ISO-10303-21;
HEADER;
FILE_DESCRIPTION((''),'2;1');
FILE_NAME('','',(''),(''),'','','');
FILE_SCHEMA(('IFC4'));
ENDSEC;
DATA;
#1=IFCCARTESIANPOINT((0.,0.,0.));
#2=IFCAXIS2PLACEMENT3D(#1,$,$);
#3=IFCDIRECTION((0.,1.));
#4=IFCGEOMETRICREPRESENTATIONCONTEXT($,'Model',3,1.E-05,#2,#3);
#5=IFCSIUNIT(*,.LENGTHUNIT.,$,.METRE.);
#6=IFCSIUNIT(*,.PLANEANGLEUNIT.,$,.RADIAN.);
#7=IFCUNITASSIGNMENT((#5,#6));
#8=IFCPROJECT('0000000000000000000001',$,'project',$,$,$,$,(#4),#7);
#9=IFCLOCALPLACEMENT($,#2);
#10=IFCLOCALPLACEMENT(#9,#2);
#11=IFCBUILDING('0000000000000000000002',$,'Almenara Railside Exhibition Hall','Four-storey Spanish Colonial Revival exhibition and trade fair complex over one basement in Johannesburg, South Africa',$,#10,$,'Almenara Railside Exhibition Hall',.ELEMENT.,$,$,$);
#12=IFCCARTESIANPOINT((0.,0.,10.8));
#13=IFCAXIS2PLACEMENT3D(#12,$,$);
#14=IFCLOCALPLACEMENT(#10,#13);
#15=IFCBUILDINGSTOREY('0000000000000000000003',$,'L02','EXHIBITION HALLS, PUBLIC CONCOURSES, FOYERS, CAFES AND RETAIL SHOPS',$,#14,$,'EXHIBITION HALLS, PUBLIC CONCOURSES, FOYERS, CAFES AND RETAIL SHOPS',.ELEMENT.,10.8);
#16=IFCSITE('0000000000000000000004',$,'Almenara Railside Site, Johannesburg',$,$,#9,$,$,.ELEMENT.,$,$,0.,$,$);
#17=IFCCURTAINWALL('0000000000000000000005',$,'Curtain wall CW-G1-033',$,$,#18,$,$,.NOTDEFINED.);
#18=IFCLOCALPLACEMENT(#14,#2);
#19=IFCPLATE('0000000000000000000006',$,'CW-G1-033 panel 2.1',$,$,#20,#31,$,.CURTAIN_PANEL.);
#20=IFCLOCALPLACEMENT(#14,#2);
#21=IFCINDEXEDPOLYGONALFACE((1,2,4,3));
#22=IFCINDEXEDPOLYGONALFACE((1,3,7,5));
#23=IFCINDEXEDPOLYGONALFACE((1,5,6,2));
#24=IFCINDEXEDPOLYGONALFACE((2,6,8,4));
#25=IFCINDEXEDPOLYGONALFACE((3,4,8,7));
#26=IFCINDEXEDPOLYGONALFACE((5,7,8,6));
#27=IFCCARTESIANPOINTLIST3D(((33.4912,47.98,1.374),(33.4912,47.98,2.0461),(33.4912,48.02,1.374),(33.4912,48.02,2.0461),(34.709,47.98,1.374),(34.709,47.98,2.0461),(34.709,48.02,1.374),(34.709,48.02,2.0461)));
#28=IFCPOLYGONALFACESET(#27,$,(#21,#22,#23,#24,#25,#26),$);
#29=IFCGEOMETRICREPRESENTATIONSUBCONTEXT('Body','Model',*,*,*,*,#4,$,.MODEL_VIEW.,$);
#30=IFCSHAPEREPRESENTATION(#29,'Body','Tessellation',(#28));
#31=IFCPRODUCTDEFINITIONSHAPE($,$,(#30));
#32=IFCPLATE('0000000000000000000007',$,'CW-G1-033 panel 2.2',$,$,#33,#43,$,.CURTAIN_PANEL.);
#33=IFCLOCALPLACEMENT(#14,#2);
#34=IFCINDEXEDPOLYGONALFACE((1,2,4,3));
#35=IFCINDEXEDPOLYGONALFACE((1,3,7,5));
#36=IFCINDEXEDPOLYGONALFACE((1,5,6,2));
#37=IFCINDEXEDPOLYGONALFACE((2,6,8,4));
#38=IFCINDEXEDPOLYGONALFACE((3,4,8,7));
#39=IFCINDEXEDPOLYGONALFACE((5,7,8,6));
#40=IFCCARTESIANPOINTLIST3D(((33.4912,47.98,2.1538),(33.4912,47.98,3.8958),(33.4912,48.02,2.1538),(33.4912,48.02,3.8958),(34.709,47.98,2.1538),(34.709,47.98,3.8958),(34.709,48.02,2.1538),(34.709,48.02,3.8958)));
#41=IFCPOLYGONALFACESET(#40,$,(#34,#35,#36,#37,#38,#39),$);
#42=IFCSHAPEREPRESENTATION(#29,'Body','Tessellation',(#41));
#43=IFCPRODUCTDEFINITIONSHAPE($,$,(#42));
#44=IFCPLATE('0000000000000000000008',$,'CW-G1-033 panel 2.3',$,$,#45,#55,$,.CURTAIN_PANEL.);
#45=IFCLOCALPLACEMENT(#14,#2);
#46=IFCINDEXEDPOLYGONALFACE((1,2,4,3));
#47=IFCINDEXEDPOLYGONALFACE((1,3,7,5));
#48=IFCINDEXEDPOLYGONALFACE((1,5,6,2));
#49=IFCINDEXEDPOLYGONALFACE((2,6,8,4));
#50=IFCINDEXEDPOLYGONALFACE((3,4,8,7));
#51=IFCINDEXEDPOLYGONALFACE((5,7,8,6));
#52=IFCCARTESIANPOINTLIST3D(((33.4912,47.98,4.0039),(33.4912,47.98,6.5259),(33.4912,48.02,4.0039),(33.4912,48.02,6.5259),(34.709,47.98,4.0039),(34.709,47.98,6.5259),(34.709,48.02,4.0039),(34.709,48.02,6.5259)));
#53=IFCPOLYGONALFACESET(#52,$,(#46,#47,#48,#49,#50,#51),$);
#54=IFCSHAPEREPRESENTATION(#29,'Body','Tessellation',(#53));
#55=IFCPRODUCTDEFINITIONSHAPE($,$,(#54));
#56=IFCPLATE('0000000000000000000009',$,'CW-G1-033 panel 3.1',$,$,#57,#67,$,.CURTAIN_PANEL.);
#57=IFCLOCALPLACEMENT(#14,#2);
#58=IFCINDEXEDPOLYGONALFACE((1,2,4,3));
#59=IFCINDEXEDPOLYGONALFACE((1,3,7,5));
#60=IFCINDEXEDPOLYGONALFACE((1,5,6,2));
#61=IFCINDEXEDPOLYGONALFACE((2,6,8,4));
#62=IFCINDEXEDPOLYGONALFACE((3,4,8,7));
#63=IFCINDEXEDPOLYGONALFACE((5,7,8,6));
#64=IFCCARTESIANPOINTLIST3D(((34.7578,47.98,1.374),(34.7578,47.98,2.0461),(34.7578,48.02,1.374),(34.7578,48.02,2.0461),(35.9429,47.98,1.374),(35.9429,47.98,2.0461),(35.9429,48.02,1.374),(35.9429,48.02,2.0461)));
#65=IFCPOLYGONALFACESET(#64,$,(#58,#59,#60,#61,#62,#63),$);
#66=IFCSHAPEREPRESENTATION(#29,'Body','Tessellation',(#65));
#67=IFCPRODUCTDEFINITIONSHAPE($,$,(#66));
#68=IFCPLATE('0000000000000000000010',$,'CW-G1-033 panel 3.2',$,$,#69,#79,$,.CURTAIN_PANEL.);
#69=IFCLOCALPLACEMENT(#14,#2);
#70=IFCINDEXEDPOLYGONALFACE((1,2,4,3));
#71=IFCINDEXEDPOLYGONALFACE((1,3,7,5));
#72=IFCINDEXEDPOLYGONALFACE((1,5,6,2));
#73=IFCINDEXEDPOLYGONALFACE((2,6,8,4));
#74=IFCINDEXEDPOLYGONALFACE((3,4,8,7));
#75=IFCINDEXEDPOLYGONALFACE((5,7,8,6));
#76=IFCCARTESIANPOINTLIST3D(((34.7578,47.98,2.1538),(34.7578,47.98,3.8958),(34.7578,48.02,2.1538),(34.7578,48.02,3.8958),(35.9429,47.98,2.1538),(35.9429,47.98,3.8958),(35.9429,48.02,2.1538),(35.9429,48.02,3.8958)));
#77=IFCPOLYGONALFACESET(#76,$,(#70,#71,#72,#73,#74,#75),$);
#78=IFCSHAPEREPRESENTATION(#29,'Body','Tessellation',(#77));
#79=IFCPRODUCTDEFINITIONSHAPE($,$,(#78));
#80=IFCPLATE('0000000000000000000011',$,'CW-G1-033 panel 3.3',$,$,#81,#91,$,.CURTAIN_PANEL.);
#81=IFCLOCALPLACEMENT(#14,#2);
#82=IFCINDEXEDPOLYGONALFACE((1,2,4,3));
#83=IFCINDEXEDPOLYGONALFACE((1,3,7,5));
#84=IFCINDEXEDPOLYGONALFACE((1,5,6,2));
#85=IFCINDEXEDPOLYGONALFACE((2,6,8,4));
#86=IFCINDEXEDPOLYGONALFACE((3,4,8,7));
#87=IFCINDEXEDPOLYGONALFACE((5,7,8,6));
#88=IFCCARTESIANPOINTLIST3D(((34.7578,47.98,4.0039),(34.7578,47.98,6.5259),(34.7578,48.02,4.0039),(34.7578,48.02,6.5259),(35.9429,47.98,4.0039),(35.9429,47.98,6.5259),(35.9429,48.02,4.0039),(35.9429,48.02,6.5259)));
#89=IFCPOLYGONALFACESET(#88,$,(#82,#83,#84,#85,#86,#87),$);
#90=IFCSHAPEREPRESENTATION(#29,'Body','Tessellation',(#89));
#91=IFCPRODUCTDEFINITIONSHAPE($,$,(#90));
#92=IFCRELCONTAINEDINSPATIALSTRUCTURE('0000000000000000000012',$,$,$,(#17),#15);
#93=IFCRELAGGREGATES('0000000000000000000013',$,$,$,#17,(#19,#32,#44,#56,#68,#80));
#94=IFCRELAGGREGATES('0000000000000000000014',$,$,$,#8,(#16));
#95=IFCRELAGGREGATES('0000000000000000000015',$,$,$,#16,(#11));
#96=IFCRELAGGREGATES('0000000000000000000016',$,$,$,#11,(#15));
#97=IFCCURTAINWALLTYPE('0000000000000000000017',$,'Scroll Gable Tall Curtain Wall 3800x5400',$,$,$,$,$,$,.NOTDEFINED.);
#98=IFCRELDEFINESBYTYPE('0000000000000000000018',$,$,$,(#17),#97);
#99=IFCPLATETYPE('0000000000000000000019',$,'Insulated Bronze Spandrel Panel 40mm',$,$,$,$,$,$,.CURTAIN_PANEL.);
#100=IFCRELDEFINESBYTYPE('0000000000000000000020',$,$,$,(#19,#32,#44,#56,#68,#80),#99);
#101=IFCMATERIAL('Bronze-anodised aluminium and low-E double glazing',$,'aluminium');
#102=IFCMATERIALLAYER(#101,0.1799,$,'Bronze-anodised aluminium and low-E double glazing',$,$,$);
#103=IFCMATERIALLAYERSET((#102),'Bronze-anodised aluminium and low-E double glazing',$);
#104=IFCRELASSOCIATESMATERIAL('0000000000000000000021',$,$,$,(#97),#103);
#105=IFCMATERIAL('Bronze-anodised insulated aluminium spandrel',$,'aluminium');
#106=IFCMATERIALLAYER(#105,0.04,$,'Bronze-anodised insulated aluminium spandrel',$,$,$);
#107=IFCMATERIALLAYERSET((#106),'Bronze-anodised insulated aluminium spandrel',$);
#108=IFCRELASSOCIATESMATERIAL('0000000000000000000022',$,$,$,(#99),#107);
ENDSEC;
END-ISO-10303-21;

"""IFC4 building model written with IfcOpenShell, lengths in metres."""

from ifc_helpers import new_model, si_unit, direction, frame, origin, origin_2d, place, context, subcontext, project, spatial, rectangle, extrude, material, layer, layer_set, type_object, element, aggregate, save


model = new_model("IFC4")

# Units and contexts
model_context = context("Model", 3, precision=1e-05, world=origin(), true_north=direction((0.0, 1.0)))
body_context = subcontext(model_context, "Body", "Model", "MODEL_VIEW")
ifc_project = project(units=[si_unit("LENGTHUNIT", "METRE"), si_unit("PLANEANGLEUNIT", "RADIAN")], contexts=[model_context])

# Site, building, storey
site_placement = place(None, origin())
site = spatial("IfcSite", under=ifc_project, at=site_placement, Name="Almenara Railside Site, Johannesburg", CompositionType="ELEMENT", RefElevation=0.0)
building_placement = place(site_placement, origin())
building = spatial("IfcBuilding", under=site, at=building_placement, Name="Almenara Railside Exhibition Hall", Description="Four-storey Spanish Colonial Revival exhibition and trade fair complex over one basement in Johannesburg, South Africa", LongName="Almenara Railside Exhibition Hall", CompositionType="ELEMENT")
storey_placement = place(building_placement, frame((0.0, 0.0, 10.8)))
storey = spatial("IfcBuildingStorey", under=building, at=storey_placement, Name="L02", Description="EXHIBITION HALLS, PUBLIC CONCOURSES, FOYERS, CAFES AND RETAIL SHOPS", LongName="EXHIBITION HALLS, PUBLIC CONCOURSES, FOYERS, CAFES AND RETAIL SHOPS", CompositionType="ELEMENT", Elevation=10.8)

# Curtain wall
ifc_material_1 = material(Name="Bronze-anodised aluminium and low-E double glazing", Category="aluminium")
ifc_layer_1 = layer(ifc_material_1, 0.1799, Name="Bronze-anodised aluminium and low-E double glazing")
ifc_layer_set_1 = layer_set([ifc_layer_1], Name="Bronze-anodised aluminium and low-E double glazing")
curtain_wall_type_1 = type_object("IfcCurtainWallType", Name="Scroll Gable Tall Curtain Wall 3800x5400", PredefinedType="NOTDEFINED", material=ifc_layer_set_1)
curtain_wall_1_placement = place(storey_placement, origin())
curtain_wall_1 = element("IfcCurtainWall", 1, at=curtain_wall_1_placement, inside=storey, type_object=curtain_wall_type_1, Name="Curtain wall CW-G1-033", PredefinedType="NOTDEFINED")

# Plates
ifc_material_2 = material(Name="Bronze-anodised insulated aluminium spandrel", Category="aluminium")
ifc_layer_2 = layer(ifc_material_2, 0.04, Name="Bronze-anodised insulated aluminium spandrel")
ifc_layer_set_2 = layer_set([ifc_layer_2], Name="Bronze-anodised insulated aluminium spandrel")
plate_type_1 = type_object("IfcPlateType", Name="Insulated Bronze Spandrel Panel 40mm", PredefinedType="CURTAIN_PANEL", material=ifc_layer_set_2)
plate_1_placement = place(storey_placement, frame((34.1001, 48.0, 1.374), z_axis=(0.0, 0.0, 1.0), x_axis=(1.0, 0.0, 0.0)))
plate_1 = element("IfcPlate", 2, at=plate_1_placement, type_object=plate_type_1, Name="CW-G1-033 panel 2.1", PredefinedType="CURTAIN_PANEL", context=body_context, shape_type="SweptSolid", body=[
    extrude(rectangle(XDim=1.2178, YDim=0.04, at=origin_2d()), origin(), (0.0, 0.0, 1.0), 0.6721),
])
plate_2_placement = place(storey_placement, frame((34.1001, 48.0, 2.1538), z_axis=(0.0, 0.0, 1.0), x_axis=(1.0, 0.0, 0.0)))
plate_2 = element("IfcPlate", 3, at=plate_2_placement, type_object=plate_type_1, Name="CW-G1-033 panel 2.2", PredefinedType="CURTAIN_PANEL", context=body_context, shape_type="SweptSolid", body=[
    extrude(rectangle(XDim=1.2178, YDim=0.04, at=origin_2d()), origin(), (0.0, 0.0, 1.0), 1.7419),
])
plate_3_placement = place(storey_placement, frame((34.1001, 48.0, 4.0039), z_axis=(0.0, 0.0, 1.0), x_axis=(1.0, 0.0, 0.0)))
plate_3 = element("IfcPlate", 4, at=plate_3_placement, type_object=plate_type_1, Name="CW-G1-033 panel 2.3", PredefinedType="CURTAIN_PANEL", context=body_context, shape_type="SweptSolid", body=[
    extrude(rectangle(XDim=1.2178, YDim=0.04, at=origin_2d()), origin(), (0.0, 0.0, 1.0), 2.522),
])
plate_4_placement = place(storey_placement, frame((35.3503, 48.0, 1.374), z_axis=(0.0, 0.0, 1.0), x_axis=(1.0, 0.0, 0.0)))
plate_4 = element("IfcPlate", 5, at=plate_4_placement, type_object=plate_type_1, Name="CW-G1-033 panel 3.1", PredefinedType="CURTAIN_PANEL", context=body_context, shape_type="SweptSolid", body=[
    extrude(rectangle(XDim=1.1851, YDim=0.04, at=origin_2d()), origin(), (0.0, 0.0, 1.0), 0.6721),
])
plate_5_placement = place(storey_placement, frame((35.3503, 48.0, 2.1538), z_axis=(0.0, 0.0, 1.0), x_axis=(1.0, 0.0, 0.0)))
plate_5 = element("IfcPlate", 6, at=plate_5_placement, type_object=plate_type_1, Name="CW-G1-033 panel 3.2", PredefinedType="CURTAIN_PANEL", context=body_context, shape_type="SweptSolid", body=[
    extrude(rectangle(XDim=1.1851, YDim=0.04, at=origin_2d()), origin(), (0.0, 0.0, 1.0), 1.7419),
])
plate_6_placement = place(storey_placement, frame((35.3503, 48.0, 4.0039), z_axis=(0.0, 0.0, 1.0), x_axis=(1.0, 0.0, 0.0)))
plate_6 = element("IfcPlate", 7, at=plate_6_placement, type_object=plate_type_1, Name="CW-G1-033 panel 3.3", PredefinedType="CURTAIN_PANEL", context=body_context, shape_type="SweptSolid", body=[
    extrude(rectangle(XDim=1.1851, YDim=0.04, at=origin_2d()), origin(), (0.0, 0.0, 1.0), 2.522),
])
aggregate(curtain_wall_1, [plate_1, plate_2, plate_3, plate_4, plate_5, plate_6])

save(model, "model.ifc")
